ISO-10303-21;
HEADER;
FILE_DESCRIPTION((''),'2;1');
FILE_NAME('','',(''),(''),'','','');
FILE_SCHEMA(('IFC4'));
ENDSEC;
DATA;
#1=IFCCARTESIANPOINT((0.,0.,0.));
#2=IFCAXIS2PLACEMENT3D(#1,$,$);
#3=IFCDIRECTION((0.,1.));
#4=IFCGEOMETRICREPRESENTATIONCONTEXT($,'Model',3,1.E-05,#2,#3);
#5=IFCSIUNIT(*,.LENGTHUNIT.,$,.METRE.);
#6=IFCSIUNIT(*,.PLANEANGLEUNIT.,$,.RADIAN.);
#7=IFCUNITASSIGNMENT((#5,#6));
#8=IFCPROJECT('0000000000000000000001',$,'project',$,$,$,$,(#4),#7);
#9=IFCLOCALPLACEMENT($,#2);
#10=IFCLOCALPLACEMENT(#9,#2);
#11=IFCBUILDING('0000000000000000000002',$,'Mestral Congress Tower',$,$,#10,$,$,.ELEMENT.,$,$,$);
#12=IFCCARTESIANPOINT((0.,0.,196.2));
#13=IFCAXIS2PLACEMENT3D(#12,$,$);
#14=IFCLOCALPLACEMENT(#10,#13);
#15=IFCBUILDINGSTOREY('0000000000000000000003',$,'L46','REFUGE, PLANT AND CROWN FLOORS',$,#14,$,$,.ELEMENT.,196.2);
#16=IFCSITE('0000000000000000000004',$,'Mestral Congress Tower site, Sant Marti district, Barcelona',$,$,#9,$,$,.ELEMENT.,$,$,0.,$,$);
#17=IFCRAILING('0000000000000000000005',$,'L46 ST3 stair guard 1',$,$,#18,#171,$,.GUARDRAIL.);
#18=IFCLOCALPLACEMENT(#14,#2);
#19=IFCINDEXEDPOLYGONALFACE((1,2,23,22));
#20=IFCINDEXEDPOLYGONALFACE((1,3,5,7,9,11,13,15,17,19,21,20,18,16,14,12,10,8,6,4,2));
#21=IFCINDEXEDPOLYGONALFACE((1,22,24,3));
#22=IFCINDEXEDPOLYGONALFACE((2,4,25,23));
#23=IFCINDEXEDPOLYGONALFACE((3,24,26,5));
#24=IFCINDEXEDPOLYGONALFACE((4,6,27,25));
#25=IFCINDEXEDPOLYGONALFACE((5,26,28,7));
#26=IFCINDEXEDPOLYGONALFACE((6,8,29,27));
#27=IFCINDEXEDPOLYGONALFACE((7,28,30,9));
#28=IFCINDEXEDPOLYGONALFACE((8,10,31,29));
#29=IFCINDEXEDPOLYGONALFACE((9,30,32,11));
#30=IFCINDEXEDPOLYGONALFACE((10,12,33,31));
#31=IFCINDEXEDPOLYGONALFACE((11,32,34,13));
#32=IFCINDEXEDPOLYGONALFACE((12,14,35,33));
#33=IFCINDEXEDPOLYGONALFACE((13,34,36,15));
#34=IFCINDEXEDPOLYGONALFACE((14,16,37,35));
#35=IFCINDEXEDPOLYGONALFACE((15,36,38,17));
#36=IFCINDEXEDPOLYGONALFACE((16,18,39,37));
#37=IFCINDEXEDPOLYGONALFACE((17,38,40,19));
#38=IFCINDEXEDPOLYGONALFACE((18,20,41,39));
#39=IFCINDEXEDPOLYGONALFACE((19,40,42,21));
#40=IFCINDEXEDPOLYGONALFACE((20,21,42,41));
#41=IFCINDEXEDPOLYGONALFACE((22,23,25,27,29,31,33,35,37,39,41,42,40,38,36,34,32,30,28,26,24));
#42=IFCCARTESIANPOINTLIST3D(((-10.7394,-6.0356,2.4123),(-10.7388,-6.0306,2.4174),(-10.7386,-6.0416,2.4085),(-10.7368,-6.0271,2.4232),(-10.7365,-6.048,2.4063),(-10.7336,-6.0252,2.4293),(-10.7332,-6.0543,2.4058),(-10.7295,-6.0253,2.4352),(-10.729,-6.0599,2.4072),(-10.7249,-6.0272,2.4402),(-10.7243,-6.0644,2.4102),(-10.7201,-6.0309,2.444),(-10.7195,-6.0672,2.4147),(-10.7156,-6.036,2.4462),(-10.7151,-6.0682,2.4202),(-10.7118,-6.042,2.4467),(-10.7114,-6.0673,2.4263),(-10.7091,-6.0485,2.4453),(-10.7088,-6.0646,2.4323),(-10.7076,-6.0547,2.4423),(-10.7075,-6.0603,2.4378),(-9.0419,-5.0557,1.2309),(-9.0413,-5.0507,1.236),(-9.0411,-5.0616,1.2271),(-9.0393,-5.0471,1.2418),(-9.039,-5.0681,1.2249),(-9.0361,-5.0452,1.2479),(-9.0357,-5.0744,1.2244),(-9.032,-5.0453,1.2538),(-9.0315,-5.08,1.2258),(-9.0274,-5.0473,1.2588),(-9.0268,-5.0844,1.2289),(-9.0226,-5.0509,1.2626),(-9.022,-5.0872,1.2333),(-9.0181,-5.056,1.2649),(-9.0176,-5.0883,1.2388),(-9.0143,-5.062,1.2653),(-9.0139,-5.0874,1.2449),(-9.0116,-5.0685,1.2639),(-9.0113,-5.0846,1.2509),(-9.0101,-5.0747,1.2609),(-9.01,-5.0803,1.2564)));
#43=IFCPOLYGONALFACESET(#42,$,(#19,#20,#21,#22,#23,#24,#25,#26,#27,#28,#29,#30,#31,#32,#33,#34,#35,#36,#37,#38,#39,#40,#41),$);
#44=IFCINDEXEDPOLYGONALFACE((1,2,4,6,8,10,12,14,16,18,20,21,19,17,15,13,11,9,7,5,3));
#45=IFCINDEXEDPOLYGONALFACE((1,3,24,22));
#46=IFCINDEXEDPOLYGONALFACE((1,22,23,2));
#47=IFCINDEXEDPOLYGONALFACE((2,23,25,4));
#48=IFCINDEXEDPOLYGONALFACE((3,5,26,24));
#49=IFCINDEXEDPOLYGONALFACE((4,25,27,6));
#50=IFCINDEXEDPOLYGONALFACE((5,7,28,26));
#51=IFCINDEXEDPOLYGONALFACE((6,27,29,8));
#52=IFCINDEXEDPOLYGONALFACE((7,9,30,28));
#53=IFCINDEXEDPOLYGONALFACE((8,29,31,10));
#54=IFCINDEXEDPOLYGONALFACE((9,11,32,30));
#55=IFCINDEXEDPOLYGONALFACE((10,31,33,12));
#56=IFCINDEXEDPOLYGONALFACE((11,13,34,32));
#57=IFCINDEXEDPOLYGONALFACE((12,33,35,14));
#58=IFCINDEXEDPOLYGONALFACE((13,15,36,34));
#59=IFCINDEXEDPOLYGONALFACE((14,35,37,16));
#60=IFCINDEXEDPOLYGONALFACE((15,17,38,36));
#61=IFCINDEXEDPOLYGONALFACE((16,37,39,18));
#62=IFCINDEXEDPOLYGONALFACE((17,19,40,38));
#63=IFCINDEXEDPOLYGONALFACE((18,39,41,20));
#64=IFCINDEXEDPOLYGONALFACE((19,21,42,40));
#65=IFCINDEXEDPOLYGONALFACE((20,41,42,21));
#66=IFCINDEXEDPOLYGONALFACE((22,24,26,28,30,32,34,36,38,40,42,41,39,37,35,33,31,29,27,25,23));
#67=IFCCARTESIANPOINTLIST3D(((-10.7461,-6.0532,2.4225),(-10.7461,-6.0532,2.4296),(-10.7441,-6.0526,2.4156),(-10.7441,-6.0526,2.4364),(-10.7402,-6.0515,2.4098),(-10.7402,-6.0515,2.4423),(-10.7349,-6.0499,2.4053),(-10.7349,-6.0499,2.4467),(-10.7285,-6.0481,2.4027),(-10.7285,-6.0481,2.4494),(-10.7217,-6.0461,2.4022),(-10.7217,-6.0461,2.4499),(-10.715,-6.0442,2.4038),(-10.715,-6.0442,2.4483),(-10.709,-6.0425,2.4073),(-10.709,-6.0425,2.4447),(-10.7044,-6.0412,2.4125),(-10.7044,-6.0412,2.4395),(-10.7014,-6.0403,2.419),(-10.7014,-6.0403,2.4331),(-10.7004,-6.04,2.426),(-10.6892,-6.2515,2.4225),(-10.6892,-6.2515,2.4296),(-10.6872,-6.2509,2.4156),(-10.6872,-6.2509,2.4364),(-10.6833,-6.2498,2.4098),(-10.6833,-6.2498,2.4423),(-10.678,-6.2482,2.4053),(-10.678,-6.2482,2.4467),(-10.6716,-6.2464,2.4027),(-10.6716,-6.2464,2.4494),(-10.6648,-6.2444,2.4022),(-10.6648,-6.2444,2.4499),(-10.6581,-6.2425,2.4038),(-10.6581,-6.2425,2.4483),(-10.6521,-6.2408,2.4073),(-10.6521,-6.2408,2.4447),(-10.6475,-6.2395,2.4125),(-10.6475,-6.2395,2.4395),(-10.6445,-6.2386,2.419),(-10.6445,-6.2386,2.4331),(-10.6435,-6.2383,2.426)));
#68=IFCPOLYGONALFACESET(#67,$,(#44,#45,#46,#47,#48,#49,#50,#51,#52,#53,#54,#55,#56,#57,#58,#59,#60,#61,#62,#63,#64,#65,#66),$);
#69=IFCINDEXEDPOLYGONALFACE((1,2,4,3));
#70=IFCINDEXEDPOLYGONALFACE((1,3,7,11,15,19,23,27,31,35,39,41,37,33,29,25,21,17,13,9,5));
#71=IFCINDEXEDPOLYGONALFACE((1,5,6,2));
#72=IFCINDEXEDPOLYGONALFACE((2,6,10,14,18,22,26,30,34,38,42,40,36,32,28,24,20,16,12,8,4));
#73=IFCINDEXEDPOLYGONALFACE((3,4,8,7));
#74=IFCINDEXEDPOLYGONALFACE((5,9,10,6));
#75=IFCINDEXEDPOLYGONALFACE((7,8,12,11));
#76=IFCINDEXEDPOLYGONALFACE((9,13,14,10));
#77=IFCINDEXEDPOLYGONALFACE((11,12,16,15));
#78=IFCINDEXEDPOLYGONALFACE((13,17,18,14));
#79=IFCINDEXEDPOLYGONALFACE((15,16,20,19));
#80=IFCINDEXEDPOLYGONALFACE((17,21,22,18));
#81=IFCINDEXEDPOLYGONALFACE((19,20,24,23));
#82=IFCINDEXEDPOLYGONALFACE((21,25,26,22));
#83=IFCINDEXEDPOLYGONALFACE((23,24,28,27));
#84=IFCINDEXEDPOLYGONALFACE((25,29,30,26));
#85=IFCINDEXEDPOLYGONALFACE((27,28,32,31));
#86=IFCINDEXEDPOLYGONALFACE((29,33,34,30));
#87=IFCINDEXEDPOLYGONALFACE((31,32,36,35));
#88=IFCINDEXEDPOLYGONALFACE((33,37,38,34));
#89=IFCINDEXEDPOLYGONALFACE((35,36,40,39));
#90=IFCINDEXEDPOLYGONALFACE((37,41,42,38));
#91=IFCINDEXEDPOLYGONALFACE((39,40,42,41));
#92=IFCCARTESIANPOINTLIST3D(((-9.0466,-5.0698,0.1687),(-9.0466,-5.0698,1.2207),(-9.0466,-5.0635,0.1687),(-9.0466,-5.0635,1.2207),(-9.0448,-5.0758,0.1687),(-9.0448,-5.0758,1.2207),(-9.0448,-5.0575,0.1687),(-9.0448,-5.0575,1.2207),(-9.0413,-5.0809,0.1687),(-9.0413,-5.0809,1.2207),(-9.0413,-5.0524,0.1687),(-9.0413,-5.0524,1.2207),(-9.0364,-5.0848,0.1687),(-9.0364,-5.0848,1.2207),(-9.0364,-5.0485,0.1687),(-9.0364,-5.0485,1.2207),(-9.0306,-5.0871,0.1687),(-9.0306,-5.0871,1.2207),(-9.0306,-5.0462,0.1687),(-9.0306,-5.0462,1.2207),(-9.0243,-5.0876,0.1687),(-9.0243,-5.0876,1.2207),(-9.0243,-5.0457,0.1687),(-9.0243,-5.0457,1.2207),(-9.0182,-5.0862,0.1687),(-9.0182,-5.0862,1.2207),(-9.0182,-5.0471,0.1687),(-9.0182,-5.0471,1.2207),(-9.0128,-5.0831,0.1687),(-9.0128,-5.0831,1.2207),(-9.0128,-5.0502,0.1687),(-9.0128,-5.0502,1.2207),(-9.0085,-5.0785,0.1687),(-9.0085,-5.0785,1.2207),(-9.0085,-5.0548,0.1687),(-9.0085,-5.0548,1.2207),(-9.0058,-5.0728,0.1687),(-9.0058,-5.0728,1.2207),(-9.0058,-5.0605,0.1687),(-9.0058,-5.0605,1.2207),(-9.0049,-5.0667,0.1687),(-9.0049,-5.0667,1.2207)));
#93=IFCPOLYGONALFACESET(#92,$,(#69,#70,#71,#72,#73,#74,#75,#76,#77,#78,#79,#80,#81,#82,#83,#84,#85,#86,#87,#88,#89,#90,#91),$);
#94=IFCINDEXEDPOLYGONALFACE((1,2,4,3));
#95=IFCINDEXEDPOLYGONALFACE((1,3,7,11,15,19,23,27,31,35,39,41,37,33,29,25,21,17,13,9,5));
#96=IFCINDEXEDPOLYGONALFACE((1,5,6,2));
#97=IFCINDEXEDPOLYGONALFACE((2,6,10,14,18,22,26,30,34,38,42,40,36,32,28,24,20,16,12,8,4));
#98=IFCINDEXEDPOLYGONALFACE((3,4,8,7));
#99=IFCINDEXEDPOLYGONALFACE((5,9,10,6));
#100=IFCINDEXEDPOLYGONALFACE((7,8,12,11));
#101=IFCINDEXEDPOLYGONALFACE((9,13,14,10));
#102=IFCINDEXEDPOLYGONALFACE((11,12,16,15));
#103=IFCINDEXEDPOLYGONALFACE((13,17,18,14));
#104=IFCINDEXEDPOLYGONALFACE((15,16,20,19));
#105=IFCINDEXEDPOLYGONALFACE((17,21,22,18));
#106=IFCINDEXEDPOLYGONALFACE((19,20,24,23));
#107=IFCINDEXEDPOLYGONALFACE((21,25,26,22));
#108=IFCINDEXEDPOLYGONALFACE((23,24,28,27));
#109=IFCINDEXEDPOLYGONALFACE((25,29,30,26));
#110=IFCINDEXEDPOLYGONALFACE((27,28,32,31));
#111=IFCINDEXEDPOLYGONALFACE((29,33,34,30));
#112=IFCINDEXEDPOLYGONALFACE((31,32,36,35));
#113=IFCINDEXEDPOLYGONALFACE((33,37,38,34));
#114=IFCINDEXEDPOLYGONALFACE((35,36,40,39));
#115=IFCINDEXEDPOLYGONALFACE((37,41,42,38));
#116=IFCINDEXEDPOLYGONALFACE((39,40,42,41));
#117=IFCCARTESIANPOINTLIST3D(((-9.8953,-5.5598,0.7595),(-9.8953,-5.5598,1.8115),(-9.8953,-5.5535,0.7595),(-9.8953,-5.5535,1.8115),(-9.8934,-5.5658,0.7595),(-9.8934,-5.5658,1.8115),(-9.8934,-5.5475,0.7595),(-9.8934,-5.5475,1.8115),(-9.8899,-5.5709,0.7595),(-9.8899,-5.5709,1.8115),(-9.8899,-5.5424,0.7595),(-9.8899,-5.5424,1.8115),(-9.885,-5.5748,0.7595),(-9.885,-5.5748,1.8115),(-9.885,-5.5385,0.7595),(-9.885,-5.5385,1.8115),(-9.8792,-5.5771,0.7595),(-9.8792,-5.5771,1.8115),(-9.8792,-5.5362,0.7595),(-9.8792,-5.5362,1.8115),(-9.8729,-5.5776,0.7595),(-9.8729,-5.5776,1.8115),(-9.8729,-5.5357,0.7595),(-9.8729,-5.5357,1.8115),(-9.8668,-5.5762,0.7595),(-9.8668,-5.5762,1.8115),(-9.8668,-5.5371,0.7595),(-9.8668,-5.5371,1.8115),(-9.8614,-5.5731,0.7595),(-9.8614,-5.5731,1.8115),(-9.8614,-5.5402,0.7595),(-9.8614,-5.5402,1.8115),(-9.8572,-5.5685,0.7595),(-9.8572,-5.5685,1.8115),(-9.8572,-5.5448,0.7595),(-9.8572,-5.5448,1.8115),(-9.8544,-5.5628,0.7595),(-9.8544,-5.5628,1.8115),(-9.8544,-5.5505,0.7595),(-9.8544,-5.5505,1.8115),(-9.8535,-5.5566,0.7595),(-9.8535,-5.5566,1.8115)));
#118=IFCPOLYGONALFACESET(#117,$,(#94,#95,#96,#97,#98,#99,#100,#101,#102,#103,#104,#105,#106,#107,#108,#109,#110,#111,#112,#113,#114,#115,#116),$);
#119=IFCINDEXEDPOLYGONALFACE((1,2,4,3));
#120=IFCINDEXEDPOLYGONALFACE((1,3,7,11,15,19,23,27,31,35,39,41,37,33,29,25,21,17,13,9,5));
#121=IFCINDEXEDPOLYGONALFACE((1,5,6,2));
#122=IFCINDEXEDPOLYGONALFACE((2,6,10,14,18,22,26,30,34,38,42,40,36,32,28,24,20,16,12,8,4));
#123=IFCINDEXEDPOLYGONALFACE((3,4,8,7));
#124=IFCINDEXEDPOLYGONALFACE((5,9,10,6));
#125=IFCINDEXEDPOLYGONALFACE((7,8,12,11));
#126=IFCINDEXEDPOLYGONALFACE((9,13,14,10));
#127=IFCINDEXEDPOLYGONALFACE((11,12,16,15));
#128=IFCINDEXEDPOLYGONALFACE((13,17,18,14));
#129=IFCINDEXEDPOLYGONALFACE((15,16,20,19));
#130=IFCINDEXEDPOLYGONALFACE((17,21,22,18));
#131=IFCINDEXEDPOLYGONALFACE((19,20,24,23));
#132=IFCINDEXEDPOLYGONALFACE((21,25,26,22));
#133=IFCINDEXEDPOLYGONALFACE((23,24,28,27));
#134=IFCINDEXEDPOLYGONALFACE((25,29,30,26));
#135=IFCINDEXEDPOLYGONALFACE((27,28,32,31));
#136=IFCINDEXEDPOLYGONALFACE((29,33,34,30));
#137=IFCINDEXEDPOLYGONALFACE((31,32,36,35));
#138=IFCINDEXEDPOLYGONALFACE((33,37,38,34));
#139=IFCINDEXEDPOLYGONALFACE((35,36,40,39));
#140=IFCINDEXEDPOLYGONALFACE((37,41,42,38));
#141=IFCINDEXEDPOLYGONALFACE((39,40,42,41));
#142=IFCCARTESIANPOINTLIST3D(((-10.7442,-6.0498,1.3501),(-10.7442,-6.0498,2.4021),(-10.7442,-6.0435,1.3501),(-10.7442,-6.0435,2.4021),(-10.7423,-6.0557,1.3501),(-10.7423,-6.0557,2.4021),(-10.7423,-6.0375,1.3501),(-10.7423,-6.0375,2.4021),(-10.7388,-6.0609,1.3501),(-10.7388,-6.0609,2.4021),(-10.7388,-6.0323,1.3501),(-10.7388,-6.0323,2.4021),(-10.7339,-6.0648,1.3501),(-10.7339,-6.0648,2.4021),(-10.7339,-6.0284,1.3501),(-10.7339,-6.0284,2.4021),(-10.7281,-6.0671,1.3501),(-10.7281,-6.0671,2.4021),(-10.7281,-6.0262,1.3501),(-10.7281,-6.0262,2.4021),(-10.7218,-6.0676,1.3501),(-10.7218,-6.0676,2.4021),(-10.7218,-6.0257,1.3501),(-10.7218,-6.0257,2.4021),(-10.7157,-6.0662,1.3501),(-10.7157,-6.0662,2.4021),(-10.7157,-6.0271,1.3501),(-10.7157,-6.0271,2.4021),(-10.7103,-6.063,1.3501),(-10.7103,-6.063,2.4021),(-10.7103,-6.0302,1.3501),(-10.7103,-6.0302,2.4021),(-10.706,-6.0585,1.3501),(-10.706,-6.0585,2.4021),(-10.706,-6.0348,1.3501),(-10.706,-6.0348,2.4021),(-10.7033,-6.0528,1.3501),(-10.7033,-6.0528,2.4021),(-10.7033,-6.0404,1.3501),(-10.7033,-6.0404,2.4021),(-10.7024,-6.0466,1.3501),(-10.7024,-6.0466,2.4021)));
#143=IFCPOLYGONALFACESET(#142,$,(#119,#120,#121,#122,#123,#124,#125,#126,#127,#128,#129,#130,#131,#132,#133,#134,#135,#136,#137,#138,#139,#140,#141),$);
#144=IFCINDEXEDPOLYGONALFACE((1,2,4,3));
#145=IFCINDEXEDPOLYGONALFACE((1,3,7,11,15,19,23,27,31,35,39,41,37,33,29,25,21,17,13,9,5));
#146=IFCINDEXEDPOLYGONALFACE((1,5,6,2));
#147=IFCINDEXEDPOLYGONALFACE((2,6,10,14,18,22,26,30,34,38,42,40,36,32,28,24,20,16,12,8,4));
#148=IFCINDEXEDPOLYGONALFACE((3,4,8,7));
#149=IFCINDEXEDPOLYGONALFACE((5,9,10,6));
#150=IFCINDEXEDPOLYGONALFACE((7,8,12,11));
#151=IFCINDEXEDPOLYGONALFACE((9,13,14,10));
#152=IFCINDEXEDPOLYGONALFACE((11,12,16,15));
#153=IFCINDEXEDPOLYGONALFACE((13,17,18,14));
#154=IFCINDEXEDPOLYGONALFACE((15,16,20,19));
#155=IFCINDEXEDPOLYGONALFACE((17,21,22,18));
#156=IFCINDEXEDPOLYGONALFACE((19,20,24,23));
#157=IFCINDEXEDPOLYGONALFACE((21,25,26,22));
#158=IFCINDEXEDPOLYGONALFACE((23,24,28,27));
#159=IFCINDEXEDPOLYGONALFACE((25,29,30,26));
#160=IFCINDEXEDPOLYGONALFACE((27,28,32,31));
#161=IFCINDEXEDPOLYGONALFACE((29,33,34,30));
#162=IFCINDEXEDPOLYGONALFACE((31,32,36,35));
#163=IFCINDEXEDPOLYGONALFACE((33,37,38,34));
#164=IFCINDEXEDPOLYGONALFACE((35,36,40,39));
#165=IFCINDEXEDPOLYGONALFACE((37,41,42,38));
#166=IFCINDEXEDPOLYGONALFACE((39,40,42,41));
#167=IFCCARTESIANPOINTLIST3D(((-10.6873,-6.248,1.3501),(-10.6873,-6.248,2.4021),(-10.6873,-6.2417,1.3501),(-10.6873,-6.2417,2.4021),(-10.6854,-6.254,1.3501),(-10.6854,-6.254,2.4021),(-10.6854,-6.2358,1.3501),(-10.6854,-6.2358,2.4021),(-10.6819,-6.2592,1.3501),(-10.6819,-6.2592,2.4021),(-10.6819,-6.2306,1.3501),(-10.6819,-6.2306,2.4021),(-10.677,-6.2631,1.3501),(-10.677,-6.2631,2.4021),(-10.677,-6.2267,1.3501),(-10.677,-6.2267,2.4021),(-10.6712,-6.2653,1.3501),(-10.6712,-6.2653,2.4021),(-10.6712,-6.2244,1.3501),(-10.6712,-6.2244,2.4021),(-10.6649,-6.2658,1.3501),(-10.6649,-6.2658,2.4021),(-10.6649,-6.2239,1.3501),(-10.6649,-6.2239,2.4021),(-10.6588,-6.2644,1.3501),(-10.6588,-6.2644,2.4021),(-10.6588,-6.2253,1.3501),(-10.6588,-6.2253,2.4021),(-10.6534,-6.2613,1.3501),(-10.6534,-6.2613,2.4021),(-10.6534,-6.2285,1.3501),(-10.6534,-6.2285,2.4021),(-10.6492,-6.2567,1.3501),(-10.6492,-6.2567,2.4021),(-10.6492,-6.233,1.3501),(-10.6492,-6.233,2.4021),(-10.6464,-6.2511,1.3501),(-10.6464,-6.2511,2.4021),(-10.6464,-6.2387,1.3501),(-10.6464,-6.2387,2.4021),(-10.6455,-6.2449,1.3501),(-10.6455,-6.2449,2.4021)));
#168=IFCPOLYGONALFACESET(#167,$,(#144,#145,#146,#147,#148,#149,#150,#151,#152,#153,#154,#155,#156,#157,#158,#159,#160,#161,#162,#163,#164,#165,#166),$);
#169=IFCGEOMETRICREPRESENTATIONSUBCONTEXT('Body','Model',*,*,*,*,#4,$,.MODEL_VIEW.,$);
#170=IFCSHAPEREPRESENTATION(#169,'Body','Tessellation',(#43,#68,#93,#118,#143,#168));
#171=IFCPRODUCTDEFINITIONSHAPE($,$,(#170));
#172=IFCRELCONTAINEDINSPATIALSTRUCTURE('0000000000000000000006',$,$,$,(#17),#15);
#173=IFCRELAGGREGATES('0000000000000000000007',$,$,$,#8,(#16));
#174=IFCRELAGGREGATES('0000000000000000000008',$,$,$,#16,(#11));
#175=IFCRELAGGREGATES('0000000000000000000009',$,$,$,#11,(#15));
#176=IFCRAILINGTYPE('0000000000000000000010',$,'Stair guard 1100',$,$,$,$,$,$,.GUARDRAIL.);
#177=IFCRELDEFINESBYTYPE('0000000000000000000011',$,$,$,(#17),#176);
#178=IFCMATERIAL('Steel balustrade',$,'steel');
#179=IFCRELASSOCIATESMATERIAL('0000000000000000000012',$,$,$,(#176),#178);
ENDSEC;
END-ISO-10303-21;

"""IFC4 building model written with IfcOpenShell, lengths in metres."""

from ifc_helpers import new_model, si_unit, direction, frame, origin, origin_2d, place, context, subcontext, project, spatial, circle, extrude, material, type_object, element, save


model = new_model("IFC4")

# Units and contexts
model_context = context("Model", 3, precision=1e-05, world=origin(), true_north=direction((0.0, 1.0)))
body_context = subcontext(model_context, "Body", "Model", "MODEL_VIEW")
ifc_project = project(units=[si_unit("LENGTHUNIT", "METRE"), si_unit("PLANEANGLEUNIT", "RADIAN")], contexts=[model_context])

# Site, building, storey
site_placement = place(None, origin())
site = spatial("IfcSite", under=ifc_project, at=site_placement, Name="Mestral Congress Tower site, Sant Marti district, Barcelona", CompositionType="ELEMENT", RefElevation=0.0)
building_placement = place(site_placement, origin())
building = spatial("IfcBuilding", under=site, at=building_placement, Name="Mestral Congress Tower", CompositionType="ELEMENT")
storey_placement = place(building_placement, frame((0.0, 0.0, 196.2)))
storey = spatial("IfcBuildingStorey", under=building, at=storey_placement, Name="L46", Description="REFUGE, PLANT AND CROWN FLOORS", CompositionType="ELEMENT", Elevation=196.2)

# Railing
ifc_material_1 = material(Name="Steel balustrade", Category="steel")
railing_type = type_object("IfcRailingType", Name="Stair guard 1100", PredefinedType="GUARDRAIL", material=ifc_material_1)
railing_1_placement = place(storey_placement, frame((-9.0259, -5.0667, 0.1687)))
element("IfcRailing", 1, at=railing_1_placement, inside=storey, type_object=railing_type, Name="L46 ST3 stair guard 1", PredefinedType="GUARDRAIL", context=body_context, shape_type="SweptSolid", body=[
    extrude(circle(Radius=0.0239, at=origin_2d()), frame((0.0, 0.0, 1.0762), z_axis=(-0.741731, -0.428205, 0.516214), x_axis=(0.49997, -0.866042, 0.0)), (0.0, 0.0, 1.0), 2.2886),
    extrude(circle(Radius=0.0239, at=origin_2d()), frame((-1.6975, -0.98, 2.2573), z_axis=(0.275815, -0.961211, 0.0), x_axis=(0.961211, 0.275815, 0.0)), (0.0, 0.0, 1.0), 0.2063),
    extrude(circle(Radius=0.021, at=origin_2d()), origin(), (0.0, 0.0, 1.0), 1.052),
    extrude(circle(Radius=0.021, at=origin_2d()), frame((-0.8486, -0.49, 0.5908)), (0.0, 0.0, 1.0), 1.052),
    extrude(circle(Radius=0.021, at=origin_2d()), frame((-1.6975, -0.98, 1.1814)), (0.0, 0.0, 1.0), 1.052),
    extrude(circle(Radius=0.021, at=origin_2d()), frame((-1.6406, -1.1782, 1.1814)), (0.0, 0.0, 1.0), 1.052),
])

save(model, "model.ifc")
